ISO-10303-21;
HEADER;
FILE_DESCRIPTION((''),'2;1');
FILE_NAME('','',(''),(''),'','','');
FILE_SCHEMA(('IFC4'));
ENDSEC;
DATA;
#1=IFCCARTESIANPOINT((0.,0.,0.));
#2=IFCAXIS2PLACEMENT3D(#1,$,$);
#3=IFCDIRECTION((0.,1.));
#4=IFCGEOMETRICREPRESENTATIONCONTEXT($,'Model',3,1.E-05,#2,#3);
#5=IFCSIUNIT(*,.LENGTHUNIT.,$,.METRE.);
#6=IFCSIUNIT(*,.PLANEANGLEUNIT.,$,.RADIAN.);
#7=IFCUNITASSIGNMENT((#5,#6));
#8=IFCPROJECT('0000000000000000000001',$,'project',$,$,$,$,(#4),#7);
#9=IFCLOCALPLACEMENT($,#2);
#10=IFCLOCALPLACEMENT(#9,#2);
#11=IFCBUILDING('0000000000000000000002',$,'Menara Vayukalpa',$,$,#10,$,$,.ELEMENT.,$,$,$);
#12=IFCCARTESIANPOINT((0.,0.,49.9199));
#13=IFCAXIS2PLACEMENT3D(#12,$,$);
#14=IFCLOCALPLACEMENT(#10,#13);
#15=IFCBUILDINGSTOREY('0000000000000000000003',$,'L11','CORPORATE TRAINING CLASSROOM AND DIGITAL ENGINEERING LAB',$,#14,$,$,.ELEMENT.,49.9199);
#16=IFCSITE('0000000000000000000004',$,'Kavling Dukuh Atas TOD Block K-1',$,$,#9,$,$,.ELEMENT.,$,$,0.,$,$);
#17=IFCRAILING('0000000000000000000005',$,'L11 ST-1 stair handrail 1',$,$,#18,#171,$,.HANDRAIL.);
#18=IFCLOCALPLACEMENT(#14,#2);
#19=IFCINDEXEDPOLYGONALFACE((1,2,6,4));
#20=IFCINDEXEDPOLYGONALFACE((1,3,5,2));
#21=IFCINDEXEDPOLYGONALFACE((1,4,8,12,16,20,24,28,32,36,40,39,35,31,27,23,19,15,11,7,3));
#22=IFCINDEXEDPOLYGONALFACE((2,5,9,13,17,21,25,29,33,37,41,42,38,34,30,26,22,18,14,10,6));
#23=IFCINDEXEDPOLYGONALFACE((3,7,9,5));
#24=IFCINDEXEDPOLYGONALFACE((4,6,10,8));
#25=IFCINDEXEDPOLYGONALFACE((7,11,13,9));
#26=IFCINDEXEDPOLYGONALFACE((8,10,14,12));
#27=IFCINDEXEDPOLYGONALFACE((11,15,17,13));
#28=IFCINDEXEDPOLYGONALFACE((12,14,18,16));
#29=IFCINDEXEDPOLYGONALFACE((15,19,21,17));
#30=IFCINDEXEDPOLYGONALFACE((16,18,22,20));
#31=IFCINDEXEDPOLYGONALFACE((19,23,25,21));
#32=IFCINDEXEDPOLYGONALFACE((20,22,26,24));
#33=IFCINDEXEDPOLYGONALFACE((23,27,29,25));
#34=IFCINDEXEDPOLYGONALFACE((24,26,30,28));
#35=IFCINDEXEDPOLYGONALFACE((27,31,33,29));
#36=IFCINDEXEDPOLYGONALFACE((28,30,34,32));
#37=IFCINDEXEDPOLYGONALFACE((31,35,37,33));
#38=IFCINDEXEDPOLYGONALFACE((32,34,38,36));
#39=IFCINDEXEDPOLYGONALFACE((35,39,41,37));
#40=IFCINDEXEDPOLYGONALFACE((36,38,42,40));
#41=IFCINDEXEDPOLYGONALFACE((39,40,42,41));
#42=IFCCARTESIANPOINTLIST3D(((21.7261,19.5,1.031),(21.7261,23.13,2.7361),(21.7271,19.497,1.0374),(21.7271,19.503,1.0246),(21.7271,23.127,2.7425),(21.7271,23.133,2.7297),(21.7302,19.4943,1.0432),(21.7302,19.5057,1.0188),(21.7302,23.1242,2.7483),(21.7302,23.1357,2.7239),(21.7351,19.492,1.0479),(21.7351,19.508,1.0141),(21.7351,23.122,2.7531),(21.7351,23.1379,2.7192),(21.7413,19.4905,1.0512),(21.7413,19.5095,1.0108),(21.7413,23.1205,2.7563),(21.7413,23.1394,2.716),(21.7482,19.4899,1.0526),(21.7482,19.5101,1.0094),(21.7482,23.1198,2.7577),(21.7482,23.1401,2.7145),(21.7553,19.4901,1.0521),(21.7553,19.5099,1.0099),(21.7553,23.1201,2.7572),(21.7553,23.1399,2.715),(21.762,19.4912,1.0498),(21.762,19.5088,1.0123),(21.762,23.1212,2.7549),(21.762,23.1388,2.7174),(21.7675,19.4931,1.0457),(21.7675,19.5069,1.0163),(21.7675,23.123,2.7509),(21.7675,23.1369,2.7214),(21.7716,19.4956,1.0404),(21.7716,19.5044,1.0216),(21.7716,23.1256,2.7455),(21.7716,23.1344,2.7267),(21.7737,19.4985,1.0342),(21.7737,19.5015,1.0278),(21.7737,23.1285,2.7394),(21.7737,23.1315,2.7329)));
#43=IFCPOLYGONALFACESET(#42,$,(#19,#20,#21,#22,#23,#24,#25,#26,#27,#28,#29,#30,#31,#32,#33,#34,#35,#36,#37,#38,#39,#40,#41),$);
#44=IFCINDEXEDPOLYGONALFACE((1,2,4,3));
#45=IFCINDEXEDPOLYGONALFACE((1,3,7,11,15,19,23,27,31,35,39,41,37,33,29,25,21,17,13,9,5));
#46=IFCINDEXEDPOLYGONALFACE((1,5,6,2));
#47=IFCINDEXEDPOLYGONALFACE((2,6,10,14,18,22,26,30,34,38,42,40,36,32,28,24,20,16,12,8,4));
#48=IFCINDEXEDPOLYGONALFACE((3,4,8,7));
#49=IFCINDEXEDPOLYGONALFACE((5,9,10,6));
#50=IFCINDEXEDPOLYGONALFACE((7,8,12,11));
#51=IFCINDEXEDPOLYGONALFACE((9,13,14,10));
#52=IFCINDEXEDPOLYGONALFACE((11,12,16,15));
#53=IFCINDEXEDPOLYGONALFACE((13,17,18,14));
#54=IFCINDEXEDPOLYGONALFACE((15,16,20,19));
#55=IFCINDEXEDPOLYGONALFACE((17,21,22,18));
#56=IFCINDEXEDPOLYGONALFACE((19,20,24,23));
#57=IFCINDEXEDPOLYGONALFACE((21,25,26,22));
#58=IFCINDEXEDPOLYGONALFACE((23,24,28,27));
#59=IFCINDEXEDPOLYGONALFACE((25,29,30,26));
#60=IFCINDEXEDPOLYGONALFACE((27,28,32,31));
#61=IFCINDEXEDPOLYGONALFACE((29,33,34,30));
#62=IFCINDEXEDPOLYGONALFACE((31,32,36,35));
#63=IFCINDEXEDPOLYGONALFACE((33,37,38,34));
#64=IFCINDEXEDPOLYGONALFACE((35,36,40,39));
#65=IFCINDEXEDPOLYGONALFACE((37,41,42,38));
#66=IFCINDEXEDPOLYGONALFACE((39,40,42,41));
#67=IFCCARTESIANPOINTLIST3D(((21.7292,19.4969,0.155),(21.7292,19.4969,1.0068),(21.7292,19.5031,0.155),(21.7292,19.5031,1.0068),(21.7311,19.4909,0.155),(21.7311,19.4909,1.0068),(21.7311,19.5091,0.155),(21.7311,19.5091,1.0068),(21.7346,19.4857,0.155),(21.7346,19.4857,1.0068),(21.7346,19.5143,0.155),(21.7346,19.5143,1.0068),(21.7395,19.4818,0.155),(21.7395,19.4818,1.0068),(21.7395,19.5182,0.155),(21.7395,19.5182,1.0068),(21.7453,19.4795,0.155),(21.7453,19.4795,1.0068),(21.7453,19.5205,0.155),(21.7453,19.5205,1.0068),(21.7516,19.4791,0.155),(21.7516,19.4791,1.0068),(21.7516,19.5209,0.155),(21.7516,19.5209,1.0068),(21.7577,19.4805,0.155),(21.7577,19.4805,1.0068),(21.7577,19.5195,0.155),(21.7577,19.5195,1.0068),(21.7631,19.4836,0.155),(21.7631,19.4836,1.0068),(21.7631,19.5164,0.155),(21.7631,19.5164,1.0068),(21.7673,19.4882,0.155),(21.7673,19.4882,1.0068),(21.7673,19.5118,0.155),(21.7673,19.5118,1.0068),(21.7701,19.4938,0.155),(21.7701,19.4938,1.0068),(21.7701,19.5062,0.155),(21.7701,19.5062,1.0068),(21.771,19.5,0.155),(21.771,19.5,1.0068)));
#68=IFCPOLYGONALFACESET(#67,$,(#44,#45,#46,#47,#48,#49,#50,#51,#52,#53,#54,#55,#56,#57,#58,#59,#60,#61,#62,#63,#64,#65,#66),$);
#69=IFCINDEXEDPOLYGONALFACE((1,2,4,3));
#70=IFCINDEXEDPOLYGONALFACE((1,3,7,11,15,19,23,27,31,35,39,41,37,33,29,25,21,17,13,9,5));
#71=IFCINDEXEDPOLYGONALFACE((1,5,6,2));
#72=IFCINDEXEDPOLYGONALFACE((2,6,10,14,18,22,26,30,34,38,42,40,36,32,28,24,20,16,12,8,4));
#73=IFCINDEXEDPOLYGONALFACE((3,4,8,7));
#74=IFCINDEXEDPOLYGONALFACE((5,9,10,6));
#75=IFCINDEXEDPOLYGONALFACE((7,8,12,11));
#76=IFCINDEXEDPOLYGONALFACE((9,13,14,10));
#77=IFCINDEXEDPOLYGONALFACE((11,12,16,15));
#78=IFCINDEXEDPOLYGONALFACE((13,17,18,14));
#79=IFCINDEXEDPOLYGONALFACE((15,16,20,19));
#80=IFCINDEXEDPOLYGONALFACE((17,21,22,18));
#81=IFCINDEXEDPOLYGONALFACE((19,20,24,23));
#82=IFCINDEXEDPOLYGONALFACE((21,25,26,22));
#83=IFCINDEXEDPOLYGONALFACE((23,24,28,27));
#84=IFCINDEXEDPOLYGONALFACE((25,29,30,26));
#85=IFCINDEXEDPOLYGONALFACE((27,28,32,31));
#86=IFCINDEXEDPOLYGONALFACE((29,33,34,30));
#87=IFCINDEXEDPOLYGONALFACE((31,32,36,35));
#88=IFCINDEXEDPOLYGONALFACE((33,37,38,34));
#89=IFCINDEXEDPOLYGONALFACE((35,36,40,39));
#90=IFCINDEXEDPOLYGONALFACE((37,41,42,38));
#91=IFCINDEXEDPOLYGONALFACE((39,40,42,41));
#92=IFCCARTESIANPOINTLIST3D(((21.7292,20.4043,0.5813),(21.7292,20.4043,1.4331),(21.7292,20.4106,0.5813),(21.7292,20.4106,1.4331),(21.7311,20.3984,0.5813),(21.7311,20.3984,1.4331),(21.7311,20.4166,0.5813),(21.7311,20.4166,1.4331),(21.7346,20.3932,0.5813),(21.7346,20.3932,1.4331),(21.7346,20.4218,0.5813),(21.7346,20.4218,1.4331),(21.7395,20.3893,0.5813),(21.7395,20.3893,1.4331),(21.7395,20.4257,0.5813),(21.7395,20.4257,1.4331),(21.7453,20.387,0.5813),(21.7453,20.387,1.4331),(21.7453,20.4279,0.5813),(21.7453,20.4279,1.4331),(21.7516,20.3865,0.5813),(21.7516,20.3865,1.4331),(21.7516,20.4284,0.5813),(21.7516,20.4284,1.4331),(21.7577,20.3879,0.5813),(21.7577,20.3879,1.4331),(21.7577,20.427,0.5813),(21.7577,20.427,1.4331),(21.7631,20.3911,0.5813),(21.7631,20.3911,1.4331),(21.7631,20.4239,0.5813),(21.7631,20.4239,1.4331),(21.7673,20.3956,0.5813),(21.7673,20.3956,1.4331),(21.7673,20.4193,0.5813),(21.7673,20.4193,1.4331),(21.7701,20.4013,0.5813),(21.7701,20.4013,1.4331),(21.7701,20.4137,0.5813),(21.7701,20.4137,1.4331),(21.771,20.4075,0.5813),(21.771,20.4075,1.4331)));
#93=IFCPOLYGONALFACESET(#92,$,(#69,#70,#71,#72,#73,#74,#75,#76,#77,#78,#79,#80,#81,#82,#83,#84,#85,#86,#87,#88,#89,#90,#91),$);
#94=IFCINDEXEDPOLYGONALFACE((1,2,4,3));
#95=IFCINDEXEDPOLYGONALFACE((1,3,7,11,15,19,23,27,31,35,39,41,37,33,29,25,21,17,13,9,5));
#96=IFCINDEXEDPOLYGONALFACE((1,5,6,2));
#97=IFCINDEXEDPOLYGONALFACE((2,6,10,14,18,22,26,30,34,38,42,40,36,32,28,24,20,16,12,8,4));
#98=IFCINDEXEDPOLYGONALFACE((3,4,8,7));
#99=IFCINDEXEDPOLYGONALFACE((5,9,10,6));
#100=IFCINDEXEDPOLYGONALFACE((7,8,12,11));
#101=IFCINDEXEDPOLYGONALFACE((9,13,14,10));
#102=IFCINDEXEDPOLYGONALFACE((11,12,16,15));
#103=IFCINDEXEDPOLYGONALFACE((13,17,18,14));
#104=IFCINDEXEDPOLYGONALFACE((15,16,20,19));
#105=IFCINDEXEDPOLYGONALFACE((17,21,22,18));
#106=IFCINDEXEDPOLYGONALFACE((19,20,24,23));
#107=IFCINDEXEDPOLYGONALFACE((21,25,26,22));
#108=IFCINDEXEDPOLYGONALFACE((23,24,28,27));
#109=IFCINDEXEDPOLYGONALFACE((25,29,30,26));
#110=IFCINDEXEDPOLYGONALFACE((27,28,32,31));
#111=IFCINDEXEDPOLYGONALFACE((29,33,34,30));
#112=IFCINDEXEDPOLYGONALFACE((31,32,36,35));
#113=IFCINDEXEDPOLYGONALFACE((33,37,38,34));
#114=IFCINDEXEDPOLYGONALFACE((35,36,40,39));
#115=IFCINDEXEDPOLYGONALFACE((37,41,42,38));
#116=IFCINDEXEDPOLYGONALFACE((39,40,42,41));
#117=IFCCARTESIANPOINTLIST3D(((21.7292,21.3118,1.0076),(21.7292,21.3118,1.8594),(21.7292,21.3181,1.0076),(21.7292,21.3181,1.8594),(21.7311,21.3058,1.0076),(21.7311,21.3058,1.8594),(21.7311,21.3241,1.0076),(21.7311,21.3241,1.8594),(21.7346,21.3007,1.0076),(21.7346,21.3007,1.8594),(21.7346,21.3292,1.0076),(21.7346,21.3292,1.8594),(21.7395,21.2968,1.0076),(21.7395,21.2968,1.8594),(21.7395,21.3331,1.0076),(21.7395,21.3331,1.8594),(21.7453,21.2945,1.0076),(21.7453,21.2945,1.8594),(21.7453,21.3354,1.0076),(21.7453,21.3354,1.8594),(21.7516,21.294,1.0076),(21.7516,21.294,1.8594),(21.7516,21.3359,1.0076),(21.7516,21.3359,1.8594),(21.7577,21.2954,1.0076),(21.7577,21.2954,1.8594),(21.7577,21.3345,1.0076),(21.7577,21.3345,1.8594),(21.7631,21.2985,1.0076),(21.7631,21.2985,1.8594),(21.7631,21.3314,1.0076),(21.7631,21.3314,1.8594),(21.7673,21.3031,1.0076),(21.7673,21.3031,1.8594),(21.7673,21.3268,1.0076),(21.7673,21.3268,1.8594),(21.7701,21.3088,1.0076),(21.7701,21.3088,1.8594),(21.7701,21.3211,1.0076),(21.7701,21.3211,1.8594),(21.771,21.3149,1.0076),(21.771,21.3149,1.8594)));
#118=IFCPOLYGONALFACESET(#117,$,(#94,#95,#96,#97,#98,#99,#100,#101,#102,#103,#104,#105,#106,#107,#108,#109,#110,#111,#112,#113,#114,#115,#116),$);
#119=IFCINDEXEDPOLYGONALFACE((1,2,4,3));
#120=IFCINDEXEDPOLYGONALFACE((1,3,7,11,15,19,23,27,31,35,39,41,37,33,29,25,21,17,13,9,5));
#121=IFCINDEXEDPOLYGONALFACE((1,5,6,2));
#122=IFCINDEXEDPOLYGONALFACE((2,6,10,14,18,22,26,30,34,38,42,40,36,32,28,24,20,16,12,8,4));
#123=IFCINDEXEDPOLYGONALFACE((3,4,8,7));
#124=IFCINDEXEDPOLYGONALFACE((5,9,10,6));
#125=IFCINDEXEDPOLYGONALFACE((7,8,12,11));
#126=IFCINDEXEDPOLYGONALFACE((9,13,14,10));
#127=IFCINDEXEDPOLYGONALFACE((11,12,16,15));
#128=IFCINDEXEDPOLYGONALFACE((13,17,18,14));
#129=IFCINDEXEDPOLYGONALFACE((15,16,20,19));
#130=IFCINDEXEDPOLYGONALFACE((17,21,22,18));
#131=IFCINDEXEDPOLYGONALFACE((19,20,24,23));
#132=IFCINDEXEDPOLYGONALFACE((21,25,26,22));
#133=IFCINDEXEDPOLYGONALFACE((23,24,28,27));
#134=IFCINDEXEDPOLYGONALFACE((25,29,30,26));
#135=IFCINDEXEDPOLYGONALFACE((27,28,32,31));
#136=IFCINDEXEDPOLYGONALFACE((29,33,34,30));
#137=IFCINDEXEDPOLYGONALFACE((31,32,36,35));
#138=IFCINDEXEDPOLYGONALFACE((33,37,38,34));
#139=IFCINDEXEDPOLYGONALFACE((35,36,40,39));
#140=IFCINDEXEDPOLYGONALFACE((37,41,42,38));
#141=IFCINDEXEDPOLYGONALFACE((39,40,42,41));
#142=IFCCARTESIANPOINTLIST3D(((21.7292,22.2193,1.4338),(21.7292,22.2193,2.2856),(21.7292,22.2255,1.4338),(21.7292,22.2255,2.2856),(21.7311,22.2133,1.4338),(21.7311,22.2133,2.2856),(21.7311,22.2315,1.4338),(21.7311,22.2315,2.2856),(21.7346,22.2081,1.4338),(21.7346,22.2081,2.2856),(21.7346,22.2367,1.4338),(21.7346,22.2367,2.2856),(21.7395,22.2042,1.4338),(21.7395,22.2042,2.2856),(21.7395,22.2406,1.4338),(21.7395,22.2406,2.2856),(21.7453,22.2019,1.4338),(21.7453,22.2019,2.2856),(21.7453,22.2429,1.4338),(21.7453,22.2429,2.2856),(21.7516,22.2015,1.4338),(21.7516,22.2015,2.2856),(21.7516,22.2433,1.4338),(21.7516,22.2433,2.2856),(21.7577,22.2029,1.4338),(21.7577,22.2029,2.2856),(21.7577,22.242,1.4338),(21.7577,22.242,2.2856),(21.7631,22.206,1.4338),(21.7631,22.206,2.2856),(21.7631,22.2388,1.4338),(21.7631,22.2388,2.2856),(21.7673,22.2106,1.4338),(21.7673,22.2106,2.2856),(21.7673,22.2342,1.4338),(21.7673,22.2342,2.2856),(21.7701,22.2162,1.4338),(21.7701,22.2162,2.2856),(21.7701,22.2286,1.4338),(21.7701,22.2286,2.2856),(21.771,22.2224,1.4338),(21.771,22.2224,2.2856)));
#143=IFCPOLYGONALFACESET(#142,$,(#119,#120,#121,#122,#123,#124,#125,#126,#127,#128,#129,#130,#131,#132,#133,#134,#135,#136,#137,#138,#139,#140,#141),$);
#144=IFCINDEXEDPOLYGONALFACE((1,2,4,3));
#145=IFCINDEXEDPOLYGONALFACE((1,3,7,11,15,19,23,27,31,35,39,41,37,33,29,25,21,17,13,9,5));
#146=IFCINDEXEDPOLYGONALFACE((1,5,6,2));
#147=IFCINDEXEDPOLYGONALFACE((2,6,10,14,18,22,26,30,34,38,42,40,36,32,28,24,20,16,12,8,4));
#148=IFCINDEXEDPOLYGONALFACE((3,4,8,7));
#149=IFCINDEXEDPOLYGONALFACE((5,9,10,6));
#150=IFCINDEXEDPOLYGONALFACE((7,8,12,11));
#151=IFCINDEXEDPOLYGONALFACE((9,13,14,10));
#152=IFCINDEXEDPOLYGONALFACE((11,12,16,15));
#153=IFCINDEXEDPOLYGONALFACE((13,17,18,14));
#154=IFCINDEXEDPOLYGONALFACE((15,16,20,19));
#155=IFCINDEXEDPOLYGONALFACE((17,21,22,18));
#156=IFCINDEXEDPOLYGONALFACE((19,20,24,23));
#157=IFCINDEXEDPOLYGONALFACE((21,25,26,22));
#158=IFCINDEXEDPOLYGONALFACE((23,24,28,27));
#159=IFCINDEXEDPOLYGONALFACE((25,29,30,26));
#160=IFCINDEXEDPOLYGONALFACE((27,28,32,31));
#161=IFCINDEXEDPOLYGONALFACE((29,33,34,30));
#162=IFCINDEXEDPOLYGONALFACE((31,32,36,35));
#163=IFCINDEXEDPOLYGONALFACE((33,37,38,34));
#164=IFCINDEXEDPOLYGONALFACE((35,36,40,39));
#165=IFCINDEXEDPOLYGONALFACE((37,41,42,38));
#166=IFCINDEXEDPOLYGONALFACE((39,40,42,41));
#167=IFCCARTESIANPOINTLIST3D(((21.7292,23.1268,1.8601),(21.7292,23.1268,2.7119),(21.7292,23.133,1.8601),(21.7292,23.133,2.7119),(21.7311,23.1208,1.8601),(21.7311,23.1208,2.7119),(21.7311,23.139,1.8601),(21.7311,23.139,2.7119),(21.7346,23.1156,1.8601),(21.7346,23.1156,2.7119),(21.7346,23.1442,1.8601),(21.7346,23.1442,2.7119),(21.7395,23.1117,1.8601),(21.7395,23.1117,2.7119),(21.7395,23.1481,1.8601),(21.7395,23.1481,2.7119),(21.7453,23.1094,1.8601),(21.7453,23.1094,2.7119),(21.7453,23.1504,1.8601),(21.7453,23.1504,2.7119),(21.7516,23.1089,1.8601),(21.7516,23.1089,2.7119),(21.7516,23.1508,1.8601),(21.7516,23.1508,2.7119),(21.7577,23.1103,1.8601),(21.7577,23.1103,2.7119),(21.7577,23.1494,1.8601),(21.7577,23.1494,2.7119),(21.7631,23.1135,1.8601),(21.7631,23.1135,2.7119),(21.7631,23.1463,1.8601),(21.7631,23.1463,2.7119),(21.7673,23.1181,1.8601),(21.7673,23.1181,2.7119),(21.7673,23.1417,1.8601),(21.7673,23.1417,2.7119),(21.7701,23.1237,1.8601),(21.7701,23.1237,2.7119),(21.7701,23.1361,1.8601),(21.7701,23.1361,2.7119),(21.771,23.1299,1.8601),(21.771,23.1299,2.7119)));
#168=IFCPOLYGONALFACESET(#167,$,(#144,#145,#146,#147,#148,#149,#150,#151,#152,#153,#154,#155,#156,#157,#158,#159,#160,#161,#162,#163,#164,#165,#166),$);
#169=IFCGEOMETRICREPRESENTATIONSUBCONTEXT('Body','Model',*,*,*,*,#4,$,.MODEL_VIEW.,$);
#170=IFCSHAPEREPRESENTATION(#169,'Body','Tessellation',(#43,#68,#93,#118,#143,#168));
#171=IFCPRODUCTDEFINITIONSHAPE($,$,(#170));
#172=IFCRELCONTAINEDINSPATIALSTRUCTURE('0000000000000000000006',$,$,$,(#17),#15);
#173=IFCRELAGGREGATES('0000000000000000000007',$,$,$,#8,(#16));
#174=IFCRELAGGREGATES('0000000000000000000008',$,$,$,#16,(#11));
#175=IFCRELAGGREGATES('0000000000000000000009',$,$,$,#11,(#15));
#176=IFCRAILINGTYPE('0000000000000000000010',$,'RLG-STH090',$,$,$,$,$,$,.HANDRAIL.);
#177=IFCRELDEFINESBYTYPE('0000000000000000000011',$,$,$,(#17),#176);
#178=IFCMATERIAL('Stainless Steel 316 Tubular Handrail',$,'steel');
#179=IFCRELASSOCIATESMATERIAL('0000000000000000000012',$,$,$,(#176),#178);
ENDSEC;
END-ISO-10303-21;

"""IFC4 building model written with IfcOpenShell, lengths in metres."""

from ifc_helpers import new_model, si_unit, direction, frame, origin, origin_2d, place, context, subcontext, project, spatial, circle, extrude, material, type_object, element, save


model = new_model("IFC4")

# Units and contexts
model_context = context("Model", 3, precision=1e-05, world=origin(), true_north=direction((0.0, 1.0)))
body_context = subcontext(model_context, "Body", "Model", "MODEL_VIEW")
ifc_project = project(units=[si_unit("LENGTHUNIT", "METRE"), si_unit("PLANEANGLEUNIT", "RADIAN")], contexts=[model_context])

# Site, building, storey
site_placement = place(None, origin())
site = spatial("IfcSite", under=ifc_project, at=site_placement, Name="Kavling Dukuh Atas TOD Block K-1", CompositionType="ELEMENT", RefElevation=0.0)
building_placement = place(site_placement, origin())
building = spatial("IfcBuilding", under=site, at=building_placement, Name="Menara Vayukalpa", CompositionType="ELEMENT")
storey_placement = place(building_placement, frame((0.0, 0.0, 49.9199)))
storey = spatial("IfcBuildingStorey", under=building, at=storey_placement, Name="L11", Description="CORPORATE TRAINING CLASSROOM AND DIGITAL ENGINEERING LAB", CompositionType="ELEMENT", Elevation=49.9199)

# Railing
ifc_material_1 = material(Name="Stainless Steel 316 Tubular Handrail", Category="steel")
railing_type_1 = type_object("IfcRailingType", Name="RLG-STH090", PredefinedType="HANDRAIL", material=ifc_material_1)
railing_1_placement = place(storey_placement, frame((21.75, 19.5, 0.155)))
element("IfcRailing", 1, at=railing_1_placement, inside=storey, type_object=railing_type_1, Name="L11 ST-1 stair handrail 1", PredefinedType="HANDRAIL", context=body_context, shape_type="SweptSolid", body=[
    extrude(circle(Radius=0.0239, at=origin_2d()), frame((0.0, 0.0, 0.876), z_axis=(0.0, 0.905116, 0.425164), x_axis=(-1.0, 0.0, 0.0)), (0.0, 0.0, 1.0), 4.0105),
    extrude(circle(Radius=0.021, at=origin_2d()), origin(), (0.0, 0.0, 1.0), 0.8518),
    extrude(circle(Radius=0.021, at=origin_2d()), frame((0.0, 0.9075, 0.4263)), (0.0, 0.0, 1.0), 0.8518),
    extrude(circle(Radius=0.021, at=origin_2d()), frame((0.0, 1.8149, 0.8525)), (0.0, 0.0, 1.0), 0.8518),
    extrude(circle(Radius=0.021, at=origin_2d()), frame((0.0, 2.7224, 1.2788)), (0.0, 0.0, 1.0), 0.8518),
    extrude(circle(Radius=0.021, at=origin_2d()), frame((0.0, 3.6299, 1.7051)), (0.0, 0.0, 1.0), 0.8518),
])

save(model, "model.ifc")
